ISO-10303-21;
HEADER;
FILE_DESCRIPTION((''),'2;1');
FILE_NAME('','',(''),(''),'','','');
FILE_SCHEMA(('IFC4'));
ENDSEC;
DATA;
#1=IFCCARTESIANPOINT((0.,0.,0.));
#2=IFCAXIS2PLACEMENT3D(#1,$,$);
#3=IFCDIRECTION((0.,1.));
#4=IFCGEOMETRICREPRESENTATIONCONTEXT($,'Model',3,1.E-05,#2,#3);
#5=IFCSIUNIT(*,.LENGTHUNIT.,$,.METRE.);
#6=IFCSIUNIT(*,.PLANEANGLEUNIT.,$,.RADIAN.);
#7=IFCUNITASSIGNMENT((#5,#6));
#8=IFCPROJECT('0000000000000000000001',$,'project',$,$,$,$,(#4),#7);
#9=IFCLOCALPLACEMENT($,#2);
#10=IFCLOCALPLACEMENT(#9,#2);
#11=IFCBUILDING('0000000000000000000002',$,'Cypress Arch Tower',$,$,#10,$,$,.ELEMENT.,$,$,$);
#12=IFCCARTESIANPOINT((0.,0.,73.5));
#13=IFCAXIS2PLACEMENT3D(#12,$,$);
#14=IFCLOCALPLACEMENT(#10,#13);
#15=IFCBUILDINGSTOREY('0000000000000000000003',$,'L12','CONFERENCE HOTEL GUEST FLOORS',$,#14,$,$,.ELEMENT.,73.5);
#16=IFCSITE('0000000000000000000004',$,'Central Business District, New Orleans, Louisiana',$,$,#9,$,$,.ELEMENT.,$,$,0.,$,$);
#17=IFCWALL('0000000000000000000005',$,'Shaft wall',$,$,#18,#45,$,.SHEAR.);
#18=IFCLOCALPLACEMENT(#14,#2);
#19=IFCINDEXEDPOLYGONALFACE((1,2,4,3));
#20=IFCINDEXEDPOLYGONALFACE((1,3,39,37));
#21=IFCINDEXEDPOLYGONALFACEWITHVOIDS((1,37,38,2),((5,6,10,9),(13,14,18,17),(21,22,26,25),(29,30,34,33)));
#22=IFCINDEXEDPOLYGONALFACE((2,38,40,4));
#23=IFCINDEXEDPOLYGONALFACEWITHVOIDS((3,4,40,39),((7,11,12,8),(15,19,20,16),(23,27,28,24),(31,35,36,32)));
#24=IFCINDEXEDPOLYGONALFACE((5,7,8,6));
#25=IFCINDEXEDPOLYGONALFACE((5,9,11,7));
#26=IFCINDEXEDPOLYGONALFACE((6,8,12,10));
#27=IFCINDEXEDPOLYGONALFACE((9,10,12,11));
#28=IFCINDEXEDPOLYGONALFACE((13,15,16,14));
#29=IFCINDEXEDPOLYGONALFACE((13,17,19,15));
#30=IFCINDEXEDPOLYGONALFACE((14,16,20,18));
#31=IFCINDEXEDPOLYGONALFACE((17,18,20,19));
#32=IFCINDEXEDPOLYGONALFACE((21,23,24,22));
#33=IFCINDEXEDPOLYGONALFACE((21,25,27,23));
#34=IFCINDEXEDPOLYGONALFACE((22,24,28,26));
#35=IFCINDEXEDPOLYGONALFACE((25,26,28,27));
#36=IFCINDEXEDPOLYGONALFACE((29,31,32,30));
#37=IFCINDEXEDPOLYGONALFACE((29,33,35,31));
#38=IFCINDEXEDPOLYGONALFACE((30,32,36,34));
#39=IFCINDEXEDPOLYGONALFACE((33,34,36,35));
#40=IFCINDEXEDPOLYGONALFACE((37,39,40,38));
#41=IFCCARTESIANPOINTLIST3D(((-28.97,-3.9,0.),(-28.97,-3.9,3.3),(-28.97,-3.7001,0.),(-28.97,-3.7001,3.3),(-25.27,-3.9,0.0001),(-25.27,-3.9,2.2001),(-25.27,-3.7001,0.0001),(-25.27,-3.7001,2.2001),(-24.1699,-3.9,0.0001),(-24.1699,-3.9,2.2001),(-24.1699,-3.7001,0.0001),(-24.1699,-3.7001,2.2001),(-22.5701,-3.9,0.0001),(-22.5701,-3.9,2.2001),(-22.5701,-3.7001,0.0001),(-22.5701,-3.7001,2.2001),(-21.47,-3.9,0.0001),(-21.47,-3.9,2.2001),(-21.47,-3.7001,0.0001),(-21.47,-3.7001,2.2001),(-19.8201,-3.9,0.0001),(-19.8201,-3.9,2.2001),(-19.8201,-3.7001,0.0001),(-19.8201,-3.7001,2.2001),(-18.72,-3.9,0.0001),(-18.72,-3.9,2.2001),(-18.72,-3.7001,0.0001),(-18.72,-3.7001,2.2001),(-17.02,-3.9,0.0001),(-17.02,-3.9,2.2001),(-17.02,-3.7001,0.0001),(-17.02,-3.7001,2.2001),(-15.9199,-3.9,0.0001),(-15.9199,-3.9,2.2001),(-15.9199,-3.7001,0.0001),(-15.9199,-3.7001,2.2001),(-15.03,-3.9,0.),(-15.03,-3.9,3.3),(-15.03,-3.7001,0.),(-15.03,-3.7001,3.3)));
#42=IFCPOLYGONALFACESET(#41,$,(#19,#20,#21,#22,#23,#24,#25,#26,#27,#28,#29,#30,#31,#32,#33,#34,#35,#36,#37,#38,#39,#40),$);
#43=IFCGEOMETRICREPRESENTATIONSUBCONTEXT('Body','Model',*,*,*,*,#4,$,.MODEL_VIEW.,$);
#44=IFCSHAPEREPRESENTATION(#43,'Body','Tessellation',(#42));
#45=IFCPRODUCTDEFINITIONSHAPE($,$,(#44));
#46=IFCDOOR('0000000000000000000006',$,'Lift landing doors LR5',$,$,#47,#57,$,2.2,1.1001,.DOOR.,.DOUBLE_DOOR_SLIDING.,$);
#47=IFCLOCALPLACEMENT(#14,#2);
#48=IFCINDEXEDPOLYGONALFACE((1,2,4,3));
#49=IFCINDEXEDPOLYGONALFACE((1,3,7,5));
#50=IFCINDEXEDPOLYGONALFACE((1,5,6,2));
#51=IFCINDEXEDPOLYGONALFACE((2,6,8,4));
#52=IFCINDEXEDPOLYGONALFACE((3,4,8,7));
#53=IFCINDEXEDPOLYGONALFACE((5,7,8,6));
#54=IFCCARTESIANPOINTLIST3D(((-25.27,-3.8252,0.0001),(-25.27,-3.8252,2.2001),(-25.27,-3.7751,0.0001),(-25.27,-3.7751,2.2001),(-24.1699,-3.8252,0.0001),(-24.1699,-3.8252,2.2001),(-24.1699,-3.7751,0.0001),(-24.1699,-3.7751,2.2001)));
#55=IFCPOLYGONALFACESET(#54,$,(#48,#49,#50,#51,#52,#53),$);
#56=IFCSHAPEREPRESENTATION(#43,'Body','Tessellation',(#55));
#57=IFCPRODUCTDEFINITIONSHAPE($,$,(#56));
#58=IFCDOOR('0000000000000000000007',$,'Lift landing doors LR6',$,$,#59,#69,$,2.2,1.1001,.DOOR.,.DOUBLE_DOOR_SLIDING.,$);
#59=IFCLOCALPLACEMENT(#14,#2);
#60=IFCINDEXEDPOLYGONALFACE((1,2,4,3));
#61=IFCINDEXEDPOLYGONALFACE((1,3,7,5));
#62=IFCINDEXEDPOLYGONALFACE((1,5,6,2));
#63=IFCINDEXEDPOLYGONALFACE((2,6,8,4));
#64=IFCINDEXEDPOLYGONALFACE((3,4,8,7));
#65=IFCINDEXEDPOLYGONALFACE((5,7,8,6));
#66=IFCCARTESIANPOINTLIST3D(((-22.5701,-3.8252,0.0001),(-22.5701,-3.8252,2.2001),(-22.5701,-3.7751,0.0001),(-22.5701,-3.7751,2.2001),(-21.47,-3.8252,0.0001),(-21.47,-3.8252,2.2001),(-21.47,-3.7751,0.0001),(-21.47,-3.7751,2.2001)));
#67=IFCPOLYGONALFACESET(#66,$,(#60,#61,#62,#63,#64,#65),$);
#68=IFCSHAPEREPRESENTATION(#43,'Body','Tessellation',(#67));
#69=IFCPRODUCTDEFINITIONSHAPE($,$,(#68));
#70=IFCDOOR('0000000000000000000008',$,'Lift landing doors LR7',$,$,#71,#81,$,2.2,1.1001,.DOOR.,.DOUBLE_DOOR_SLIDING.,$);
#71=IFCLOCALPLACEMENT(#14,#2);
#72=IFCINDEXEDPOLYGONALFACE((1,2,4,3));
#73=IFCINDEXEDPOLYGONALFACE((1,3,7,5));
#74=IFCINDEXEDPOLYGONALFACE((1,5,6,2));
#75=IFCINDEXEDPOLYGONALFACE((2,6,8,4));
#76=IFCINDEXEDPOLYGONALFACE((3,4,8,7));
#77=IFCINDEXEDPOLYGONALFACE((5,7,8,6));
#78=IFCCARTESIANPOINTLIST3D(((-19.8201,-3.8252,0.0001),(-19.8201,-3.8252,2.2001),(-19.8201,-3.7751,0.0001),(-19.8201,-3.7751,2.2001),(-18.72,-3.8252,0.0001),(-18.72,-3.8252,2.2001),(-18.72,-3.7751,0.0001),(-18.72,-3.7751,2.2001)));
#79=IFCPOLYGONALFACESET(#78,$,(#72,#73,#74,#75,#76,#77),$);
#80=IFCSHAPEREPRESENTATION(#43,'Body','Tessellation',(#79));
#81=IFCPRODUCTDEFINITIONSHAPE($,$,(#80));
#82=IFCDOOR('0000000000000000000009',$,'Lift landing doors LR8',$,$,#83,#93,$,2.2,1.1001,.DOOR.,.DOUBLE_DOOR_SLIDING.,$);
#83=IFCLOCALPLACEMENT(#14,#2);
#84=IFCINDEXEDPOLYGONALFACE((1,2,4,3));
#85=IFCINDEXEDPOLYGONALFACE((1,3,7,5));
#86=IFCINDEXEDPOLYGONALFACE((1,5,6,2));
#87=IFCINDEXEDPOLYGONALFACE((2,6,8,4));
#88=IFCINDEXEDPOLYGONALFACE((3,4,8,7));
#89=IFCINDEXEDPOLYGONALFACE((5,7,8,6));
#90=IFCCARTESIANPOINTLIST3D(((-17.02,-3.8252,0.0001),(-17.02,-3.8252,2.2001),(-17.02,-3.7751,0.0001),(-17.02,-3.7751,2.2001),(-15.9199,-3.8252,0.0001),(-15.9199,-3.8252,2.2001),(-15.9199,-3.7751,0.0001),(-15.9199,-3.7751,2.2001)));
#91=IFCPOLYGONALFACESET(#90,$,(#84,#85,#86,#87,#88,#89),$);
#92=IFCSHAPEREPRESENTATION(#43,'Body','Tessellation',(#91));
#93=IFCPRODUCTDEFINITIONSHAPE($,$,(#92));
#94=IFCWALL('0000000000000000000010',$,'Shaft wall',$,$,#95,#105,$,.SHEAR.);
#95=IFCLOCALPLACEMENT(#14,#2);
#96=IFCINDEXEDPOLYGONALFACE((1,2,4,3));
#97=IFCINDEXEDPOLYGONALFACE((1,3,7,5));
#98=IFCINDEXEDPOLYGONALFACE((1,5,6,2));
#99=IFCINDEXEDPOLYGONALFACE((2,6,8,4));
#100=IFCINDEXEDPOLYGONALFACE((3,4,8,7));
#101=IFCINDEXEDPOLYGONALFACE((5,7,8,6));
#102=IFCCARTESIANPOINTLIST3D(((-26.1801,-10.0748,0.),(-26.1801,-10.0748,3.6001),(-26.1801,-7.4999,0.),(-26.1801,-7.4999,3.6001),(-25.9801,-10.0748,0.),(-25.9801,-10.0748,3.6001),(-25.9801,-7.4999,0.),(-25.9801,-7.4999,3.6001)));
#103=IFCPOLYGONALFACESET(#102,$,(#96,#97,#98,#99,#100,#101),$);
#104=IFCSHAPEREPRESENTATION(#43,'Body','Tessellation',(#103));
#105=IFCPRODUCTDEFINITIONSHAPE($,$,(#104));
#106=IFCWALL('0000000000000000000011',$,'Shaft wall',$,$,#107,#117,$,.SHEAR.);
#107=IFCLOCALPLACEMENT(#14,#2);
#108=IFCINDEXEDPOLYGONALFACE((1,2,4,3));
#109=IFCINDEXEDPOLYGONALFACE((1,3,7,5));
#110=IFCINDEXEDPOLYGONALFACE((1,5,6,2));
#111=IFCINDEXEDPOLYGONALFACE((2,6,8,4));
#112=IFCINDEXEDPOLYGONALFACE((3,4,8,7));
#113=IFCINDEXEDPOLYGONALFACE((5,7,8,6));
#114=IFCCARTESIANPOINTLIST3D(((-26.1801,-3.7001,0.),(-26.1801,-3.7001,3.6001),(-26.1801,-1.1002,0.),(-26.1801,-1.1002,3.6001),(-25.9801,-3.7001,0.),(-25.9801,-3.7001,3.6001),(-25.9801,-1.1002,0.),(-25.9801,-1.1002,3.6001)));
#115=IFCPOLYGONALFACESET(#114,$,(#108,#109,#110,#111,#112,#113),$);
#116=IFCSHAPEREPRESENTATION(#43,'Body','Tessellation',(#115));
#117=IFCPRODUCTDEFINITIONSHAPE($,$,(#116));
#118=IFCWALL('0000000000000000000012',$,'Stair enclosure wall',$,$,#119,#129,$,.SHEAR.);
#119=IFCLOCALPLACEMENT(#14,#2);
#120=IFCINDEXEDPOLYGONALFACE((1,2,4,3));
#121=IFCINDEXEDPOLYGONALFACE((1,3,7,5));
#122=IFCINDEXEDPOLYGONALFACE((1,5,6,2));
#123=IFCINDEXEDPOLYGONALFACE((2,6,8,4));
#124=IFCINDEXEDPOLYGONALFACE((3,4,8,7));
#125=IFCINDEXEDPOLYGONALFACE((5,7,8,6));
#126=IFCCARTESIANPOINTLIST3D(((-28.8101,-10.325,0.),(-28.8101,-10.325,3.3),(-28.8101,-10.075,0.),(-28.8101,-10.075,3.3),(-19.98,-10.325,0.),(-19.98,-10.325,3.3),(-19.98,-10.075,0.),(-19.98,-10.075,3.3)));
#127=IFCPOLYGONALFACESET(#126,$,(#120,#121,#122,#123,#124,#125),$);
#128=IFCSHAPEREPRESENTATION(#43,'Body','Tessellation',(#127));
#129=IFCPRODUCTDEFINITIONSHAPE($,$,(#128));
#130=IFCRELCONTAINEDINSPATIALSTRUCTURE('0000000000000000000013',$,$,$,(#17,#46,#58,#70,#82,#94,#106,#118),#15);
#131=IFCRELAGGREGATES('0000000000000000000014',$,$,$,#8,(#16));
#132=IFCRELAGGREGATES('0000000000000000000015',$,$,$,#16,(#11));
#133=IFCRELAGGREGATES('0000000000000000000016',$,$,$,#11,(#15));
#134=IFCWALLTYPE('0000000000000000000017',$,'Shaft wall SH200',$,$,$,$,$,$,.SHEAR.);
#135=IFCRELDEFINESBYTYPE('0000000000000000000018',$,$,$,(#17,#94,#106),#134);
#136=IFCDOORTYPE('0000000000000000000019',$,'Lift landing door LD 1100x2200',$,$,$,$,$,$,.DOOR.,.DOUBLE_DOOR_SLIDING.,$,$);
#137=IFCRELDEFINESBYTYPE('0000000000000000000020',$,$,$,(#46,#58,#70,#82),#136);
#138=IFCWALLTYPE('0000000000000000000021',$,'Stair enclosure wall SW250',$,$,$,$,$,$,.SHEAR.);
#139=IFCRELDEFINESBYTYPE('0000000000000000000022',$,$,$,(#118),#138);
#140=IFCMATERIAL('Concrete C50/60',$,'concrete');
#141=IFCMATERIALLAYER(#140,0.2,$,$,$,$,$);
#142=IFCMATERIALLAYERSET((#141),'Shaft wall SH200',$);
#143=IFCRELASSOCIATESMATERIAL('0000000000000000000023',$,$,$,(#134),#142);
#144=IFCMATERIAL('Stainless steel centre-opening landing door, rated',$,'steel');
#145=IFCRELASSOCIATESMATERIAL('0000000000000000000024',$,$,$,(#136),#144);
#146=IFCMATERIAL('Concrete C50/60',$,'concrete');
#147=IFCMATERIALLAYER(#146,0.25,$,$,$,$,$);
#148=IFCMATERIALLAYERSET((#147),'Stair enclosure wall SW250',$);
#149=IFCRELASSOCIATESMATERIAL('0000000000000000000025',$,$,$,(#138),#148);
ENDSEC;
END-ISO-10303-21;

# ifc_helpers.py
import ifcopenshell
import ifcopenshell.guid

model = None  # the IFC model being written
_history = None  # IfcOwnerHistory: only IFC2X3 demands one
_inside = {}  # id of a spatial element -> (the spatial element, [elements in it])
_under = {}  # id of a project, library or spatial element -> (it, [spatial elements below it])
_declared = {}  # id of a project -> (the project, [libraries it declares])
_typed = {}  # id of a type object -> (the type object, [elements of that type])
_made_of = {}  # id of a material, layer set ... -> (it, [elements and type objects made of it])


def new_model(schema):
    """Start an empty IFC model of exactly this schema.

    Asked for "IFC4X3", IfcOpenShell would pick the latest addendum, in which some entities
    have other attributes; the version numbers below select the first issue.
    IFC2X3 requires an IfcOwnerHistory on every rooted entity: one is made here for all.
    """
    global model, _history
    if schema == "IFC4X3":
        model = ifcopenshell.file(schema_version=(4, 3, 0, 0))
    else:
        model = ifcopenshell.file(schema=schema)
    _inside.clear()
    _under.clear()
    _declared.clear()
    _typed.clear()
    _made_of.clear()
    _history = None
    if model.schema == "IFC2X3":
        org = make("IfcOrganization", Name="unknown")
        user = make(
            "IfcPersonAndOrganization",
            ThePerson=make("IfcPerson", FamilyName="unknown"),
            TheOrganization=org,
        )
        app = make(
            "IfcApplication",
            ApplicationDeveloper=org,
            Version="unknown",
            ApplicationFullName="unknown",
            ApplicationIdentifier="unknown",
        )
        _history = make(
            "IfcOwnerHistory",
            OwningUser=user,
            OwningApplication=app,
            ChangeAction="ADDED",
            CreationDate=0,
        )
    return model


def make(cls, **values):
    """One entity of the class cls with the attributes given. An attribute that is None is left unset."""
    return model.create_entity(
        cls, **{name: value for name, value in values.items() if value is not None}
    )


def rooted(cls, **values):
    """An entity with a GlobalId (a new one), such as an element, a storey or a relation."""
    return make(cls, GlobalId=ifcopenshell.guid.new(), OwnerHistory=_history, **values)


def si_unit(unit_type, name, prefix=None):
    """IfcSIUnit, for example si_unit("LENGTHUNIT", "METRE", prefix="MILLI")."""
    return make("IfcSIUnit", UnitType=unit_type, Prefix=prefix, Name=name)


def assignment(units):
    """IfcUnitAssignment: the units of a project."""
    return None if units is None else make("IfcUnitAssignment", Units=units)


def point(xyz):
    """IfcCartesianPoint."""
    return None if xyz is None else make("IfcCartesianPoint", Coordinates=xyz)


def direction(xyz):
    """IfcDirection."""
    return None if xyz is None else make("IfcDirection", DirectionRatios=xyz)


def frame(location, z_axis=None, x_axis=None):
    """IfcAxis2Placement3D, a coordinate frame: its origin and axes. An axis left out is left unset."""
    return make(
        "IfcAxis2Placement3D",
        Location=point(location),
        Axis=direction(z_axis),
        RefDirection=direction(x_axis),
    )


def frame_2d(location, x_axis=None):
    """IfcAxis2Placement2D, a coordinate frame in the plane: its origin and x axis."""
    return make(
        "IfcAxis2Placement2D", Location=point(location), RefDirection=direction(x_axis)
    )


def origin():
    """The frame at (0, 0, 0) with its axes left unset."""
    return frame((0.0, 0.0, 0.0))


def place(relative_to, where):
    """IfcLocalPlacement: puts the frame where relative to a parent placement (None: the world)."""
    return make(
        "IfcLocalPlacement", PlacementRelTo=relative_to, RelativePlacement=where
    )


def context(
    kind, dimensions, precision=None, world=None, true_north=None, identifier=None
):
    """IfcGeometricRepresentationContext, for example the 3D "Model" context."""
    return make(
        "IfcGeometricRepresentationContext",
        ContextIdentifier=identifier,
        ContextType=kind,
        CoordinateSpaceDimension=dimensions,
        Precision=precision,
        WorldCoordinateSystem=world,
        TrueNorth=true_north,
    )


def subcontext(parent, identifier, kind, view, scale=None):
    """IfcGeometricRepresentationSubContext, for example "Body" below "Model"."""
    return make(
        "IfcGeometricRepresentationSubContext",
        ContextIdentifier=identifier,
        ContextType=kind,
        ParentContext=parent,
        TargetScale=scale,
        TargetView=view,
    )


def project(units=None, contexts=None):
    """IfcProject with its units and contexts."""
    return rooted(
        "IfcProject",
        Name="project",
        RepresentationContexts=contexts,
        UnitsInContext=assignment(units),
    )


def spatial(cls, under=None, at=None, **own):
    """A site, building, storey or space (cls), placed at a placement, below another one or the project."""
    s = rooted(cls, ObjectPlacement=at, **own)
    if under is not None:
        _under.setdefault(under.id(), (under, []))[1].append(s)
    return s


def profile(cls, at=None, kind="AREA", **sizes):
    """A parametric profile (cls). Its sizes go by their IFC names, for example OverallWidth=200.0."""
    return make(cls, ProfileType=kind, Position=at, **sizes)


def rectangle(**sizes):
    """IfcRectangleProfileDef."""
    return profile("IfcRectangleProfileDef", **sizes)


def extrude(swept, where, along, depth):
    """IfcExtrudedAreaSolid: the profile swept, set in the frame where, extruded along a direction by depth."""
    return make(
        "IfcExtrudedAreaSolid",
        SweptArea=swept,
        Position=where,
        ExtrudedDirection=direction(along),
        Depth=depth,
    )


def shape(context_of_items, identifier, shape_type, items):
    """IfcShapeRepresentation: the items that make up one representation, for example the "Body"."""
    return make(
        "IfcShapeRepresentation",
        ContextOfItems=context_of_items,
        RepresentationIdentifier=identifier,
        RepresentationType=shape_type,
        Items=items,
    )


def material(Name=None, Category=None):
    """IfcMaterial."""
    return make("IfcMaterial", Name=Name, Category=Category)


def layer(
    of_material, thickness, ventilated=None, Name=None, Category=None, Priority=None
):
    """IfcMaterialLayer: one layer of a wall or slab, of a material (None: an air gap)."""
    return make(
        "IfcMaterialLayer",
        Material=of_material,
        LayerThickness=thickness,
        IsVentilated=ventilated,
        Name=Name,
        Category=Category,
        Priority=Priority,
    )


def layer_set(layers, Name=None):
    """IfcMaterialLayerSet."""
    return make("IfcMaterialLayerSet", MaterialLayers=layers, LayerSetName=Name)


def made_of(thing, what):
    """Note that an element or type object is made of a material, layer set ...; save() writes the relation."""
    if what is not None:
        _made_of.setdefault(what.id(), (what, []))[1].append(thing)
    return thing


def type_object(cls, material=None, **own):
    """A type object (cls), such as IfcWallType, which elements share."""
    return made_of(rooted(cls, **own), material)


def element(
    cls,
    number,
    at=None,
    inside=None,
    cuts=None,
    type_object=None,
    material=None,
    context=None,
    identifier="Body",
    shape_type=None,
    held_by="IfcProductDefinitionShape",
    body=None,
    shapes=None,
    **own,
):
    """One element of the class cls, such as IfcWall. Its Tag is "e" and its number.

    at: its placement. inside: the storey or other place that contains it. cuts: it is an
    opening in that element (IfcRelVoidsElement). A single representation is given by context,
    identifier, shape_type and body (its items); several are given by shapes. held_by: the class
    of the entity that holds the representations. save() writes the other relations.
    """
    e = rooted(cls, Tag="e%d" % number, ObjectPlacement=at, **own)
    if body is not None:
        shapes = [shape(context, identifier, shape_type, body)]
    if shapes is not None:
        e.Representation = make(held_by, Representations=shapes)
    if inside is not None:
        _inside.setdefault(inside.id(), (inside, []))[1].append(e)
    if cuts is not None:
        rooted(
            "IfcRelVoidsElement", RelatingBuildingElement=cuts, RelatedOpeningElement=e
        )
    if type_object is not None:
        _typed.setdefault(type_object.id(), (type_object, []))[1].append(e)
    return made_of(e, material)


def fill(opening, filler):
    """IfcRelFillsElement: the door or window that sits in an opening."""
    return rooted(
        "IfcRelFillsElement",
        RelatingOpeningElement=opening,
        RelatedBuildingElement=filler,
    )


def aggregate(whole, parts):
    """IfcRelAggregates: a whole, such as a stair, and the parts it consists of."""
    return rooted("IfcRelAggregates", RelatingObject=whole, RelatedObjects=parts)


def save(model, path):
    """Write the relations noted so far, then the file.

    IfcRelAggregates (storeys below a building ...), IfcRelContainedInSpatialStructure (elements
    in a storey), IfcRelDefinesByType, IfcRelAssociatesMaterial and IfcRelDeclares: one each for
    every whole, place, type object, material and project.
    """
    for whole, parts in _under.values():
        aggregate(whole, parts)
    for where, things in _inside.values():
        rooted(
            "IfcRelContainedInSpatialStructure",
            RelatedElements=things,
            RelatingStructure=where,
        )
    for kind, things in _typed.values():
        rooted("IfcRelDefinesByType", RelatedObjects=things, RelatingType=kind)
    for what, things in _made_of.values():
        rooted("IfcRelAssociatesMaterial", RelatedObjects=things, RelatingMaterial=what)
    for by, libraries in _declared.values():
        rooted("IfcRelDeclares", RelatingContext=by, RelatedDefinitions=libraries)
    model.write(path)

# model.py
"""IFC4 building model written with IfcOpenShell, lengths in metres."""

from ifc_helpers import new_model, si_unit, direction, frame, frame_2d, origin, place, context, subcontext, project, spatial, rectangle, extrude, material, layer, layer_set, type_object, element, fill, save


model = new_model("IFC4")

# Units and contexts
model_context = context("Model", 3, precision=1e-05, world=origin(), true_north=direction((0.0, 1.0)))
body_context = subcontext(model_context, "Body", "Model", "MODEL_VIEW")
ifc_project = project(units=[si_unit("LENGTHUNIT", "METRE"), si_unit("PLANEANGLEUNIT", "RADIAN")], contexts=[model_context])

# Site, building, storey
site_placement = place(None, origin())
site = spatial("IfcSite", under=ifc_project, at=site_placement, Name="Central Business District, New Orleans, Louisiana", CompositionType="ELEMENT", RefElevation=0.0)
building_placement = place(site_placement, origin())
building = spatial("IfcBuilding", under=site, at=building_placement, Name="Cypress Arch Tower", CompositionType="ELEMENT")
storey_placement = place(building_placement, frame((0.0, 0.0, 73.5)))
storey = spatial("IfcBuildingStorey", under=building, at=storey_placement, Name="L12", Description="CONFERENCE HOTEL GUEST FLOORS", CompositionType="ELEMENT", Elevation=73.5)

# Wall, openings, doors
ifc_material_1 = material(Name="Concrete C50/60", Category="concrete")
ifc_layer_1 = layer(ifc_material_1, 0.2)
ifc_layer_set_1 = layer_set([ifc_layer_1], Name="Shaft wall SH200")
wall_type_1 = type_object("IfcWallType", Name="Shaft wall SH200", PredefinedType="SHEAR", material=ifc_layer_set_1)
ifc_material_2 = material(Name="Stainless steel centre-opening landing door, rated", Category="steel")
door_type_1 = type_object("IfcDoorType", Name="Lift landing door LD 1100x2200", OperationType="DOUBLE_DOOR_SLIDING", PredefinedType="DOOR", material=ifc_material_2)
wall_1_placement = place(storey_placement, frame((-28.97, -3.8, 0.0), z_axis=(0.0, 0.0, 1.0), x_axis=(1.0, 0.0, 0.0)))
wall_1 = element("IfcWall", 1, at=wall_1_placement, inside=storey, type_object=wall_type_1, Name="Shaft wall", PredefinedType="SHEAR", context=body_context, shape_type="SweptSolid", body=[
    extrude(rectangle(XDim=13.9399, YDim=0.2, at=frame_2d((6.97, 0.0))), origin(), (0.0, 0.0, 1.0), 3.3),
])
opening_1_placement = place(wall_1_placement, frame((3.7, 0.0, 0.0)))
opening_1 = element("IfcOpeningElement", 2, at=opening_1_placement, cuts=wall_1, PredefinedType="OPENING", context=body_context, shape_type="SweptSolid", body=[
    extrude(rectangle(XDim=1.1001, YDim=2.2, at=frame_2d((0.55, 1.1001))), frame((0.0, 0.1099, 0.0), z_axis=(0.0, -1.0, 0.0), x_axis=(1.0, 0.0, 0.0)), (0.0, 0.0, 1.0), 0.22),
])
opening_2_placement = place(wall_1_placement, frame((6.3999, 0.0, 0.0)))
opening_2 = element("IfcOpeningElement", 3, at=opening_2_placement, cuts=wall_1, PredefinedType="OPENING", context=body_context, shape_type="SweptSolid", body=[
    extrude(rectangle(XDim=1.1001, YDim=2.2, at=frame_2d((0.55, 1.1001))), frame((0.0, 0.1099, 0.0), z_axis=(0.0, -1.0, 0.0), x_axis=(1.0, 0.0, 0.0)), (0.0, 0.0, 1.0), 0.22),
])
opening_3_placement = place(wall_1_placement, frame((9.1499, 0.0, 0.0)))
opening_3 = element("IfcOpeningElement", 4, at=opening_3_placement, cuts=wall_1, PredefinedType="OPENING", context=body_context, shape_type="SweptSolid", body=[
    extrude(rectangle(XDim=1.1001, YDim=2.2, at=frame_2d((0.55, 1.1001))), frame((0.0, 0.1099, 0.0), z_axis=(0.0, -1.0, 0.0), x_axis=(1.0, 0.0, 0.0)), (0.0, 0.0, 1.0), 0.22),
])
opening_4_placement = place(wall_1_placement, frame((11.95, 0.0, 0.0)))
opening_4 = element("IfcOpeningElement", 5, at=opening_4_placement, cuts=wall_1, PredefinedType="OPENING", context=body_context, shape_type="SweptSolid", body=[
    extrude(rectangle(XDim=1.1001, YDim=2.2, at=frame_2d((0.55, 1.1001))), frame((0.0, 0.1099, 0.0), z_axis=(0.0, -1.0, 0.0), x_axis=(1.0, 0.0, 0.0)), (0.0, 0.0, 1.0), 0.22),
])
door_1_placement = place(opening_1_placement, origin())
door_1 = element("IfcDoor", 6, at=door_1_placement, inside=storey, type_object=door_type_1, Name="Lift landing doors LR5", OperationType="DOUBLE_DOOR_SLIDING", OverallHeight=2.2, OverallWidth=1.1001, PredefinedType="DOOR", context=body_context, shape_type="SweptSolid", body=[
    extrude(rectangle(XDim=1.1001, YDim=2.2, at=frame_2d((0.55, 1.1001))), frame((0.0, 0.0249, 0.0), z_axis=(0.0, -1.0, 0.0), x_axis=(1.0, 0.0, 0.0)), (0.0, 0.0, 1.0), 0.05),
])
fill(opening_1, door_1)
door_2_placement = place(opening_2_placement, origin())
door_2 = element("IfcDoor", 7, at=door_2_placement, inside=storey, type_object=door_type_1, Name="Lift landing doors LR6", OperationType="DOUBLE_DOOR_SLIDING", OverallHeight=2.2, OverallWidth=1.1001, PredefinedType="DOOR", context=body_context, shape_type="SweptSolid", body=[
    extrude(rectangle(XDim=1.1001, YDim=2.2, at=frame_2d((0.55, 1.1001))), frame((0.0, 0.0249, 0.0), z_axis=(0.0, -1.0, 0.0), x_axis=(1.0, 0.0, 0.0)), (0.0, 0.0, 1.0), 0.05),
])
fill(opening_2, door_2)
door_3_placement = place(opening_3_placement, origin())
door_3 = element("IfcDoor", 8, at=door_3_placement, inside=storey, type_object=door_type_1, Name="Lift landing doors LR7", OperationType="DOUBLE_DOOR_SLIDING", OverallHeight=2.2, OverallWidth=1.1001, PredefinedType="DOOR", context=body_context, shape_type="SweptSolid", body=[
    extrude(rectangle(XDim=1.1001, YDim=2.2, at=frame_2d((0.55, 1.1001))), frame((0.0, 0.0249, 0.0), z_axis=(0.0, -1.0, 0.0), x_axis=(1.0, 0.0, 0.0)), (0.0, 0.0, 1.0), 0.05),
])
fill(opening_3, door_3)
door_4_placement = place(opening_4_placement, origin())
door_4 = element("IfcDoor", 9, at=door_4_placement, inside=storey, type_object=door_type_1, Name="Lift landing doors LR8", OperationType="DOUBLE_DOOR_SLIDING", OverallHeight=2.2, OverallWidth=1.1001, PredefinedType="DOOR", context=body_context, shape_type="SweptSolid", body=[
    extrude(rectangle(XDim=1.1001, YDim=2.2, at=frame_2d((0.55, 1.1001))), frame((0.0, 0.0249, 0.0), z_axis=(0.0, -1.0, 0.0), x_axis=(1.0, 0.0, 0.0)), (0.0, 0.0, 1.0), 0.05),
])
fill(opening_4, door_4)

# Walls
wall_2_placement = place(storey_placement, frame((-26.0801, -10.075, 0.0), z_axis=(0.0, 0.0, 1.0), x_axis=(0.0, 1.0, 0.0)))
element("IfcWall", 10, at=wall_2_placement, inside=storey, type_object=wall_type_1, Name="Shaft wall", PredefinedType="SHEAR", context=body_context, shape_type="SweptSolid", body=[
    extrude(rectangle(XDim=2.575, YDim=0.2, at=frame_2d((1.2876, 0.0))), origin(), (0.0, 0.0, 1.0), 3.6001),
])
wall_3_placement = place(storey_placement, frame((-26.0801, -3.7, 0.0), z_axis=(0.0, 0.0, 1.0), x_axis=(0.0, 1.0, 0.0)))
element("IfcWall", 11, at=wall_3_placement, inside=storey, type_object=wall_type_1, Name="Shaft wall", PredefinedType="SHEAR", context=body_context, shape_type="SweptSolid", body=[
    extrude(rectangle(XDim=2.5999, YDim=0.2, at=frame_2d((1.2998, 0.0))), origin(), (0.0, 0.0, 1.0), 3.6001),
])
ifc_material_3 = material(Name="Concrete C50/60", Category="concrete")
ifc_layer_2 = layer(ifc_material_3, 0.25)
ifc_layer_set_2 = layer_set([ifc_layer_2], Name="Stair enclosure wall SW250")
wall_type_2 = type_object("IfcWallType", Name="Stair enclosure wall SW250", PredefinedType="SHEAR", material=ifc_layer_set_2)
wall_4_placement = place(storey_placement, frame((-28.8101, -10.2, 0.0), z_axis=(0.0, 0.0, 1.0), x_axis=(1.0, 0.0, 0.0)))
element("IfcWall", 12, at=wall_4_placement, inside=storey, type_object=wall_type_2, Name="Stair enclosure wall", PredefinedType="SHEAR", context=body_context, shape_type="SweptSolid", body=[
    extrude(rectangle(XDim=8.8301, YDim=0.25, at=frame_2d((4.415, 0.0))), origin(), (0.0, 0.0, 1.0), 3.3),
])

save(model, "model.ifc")
